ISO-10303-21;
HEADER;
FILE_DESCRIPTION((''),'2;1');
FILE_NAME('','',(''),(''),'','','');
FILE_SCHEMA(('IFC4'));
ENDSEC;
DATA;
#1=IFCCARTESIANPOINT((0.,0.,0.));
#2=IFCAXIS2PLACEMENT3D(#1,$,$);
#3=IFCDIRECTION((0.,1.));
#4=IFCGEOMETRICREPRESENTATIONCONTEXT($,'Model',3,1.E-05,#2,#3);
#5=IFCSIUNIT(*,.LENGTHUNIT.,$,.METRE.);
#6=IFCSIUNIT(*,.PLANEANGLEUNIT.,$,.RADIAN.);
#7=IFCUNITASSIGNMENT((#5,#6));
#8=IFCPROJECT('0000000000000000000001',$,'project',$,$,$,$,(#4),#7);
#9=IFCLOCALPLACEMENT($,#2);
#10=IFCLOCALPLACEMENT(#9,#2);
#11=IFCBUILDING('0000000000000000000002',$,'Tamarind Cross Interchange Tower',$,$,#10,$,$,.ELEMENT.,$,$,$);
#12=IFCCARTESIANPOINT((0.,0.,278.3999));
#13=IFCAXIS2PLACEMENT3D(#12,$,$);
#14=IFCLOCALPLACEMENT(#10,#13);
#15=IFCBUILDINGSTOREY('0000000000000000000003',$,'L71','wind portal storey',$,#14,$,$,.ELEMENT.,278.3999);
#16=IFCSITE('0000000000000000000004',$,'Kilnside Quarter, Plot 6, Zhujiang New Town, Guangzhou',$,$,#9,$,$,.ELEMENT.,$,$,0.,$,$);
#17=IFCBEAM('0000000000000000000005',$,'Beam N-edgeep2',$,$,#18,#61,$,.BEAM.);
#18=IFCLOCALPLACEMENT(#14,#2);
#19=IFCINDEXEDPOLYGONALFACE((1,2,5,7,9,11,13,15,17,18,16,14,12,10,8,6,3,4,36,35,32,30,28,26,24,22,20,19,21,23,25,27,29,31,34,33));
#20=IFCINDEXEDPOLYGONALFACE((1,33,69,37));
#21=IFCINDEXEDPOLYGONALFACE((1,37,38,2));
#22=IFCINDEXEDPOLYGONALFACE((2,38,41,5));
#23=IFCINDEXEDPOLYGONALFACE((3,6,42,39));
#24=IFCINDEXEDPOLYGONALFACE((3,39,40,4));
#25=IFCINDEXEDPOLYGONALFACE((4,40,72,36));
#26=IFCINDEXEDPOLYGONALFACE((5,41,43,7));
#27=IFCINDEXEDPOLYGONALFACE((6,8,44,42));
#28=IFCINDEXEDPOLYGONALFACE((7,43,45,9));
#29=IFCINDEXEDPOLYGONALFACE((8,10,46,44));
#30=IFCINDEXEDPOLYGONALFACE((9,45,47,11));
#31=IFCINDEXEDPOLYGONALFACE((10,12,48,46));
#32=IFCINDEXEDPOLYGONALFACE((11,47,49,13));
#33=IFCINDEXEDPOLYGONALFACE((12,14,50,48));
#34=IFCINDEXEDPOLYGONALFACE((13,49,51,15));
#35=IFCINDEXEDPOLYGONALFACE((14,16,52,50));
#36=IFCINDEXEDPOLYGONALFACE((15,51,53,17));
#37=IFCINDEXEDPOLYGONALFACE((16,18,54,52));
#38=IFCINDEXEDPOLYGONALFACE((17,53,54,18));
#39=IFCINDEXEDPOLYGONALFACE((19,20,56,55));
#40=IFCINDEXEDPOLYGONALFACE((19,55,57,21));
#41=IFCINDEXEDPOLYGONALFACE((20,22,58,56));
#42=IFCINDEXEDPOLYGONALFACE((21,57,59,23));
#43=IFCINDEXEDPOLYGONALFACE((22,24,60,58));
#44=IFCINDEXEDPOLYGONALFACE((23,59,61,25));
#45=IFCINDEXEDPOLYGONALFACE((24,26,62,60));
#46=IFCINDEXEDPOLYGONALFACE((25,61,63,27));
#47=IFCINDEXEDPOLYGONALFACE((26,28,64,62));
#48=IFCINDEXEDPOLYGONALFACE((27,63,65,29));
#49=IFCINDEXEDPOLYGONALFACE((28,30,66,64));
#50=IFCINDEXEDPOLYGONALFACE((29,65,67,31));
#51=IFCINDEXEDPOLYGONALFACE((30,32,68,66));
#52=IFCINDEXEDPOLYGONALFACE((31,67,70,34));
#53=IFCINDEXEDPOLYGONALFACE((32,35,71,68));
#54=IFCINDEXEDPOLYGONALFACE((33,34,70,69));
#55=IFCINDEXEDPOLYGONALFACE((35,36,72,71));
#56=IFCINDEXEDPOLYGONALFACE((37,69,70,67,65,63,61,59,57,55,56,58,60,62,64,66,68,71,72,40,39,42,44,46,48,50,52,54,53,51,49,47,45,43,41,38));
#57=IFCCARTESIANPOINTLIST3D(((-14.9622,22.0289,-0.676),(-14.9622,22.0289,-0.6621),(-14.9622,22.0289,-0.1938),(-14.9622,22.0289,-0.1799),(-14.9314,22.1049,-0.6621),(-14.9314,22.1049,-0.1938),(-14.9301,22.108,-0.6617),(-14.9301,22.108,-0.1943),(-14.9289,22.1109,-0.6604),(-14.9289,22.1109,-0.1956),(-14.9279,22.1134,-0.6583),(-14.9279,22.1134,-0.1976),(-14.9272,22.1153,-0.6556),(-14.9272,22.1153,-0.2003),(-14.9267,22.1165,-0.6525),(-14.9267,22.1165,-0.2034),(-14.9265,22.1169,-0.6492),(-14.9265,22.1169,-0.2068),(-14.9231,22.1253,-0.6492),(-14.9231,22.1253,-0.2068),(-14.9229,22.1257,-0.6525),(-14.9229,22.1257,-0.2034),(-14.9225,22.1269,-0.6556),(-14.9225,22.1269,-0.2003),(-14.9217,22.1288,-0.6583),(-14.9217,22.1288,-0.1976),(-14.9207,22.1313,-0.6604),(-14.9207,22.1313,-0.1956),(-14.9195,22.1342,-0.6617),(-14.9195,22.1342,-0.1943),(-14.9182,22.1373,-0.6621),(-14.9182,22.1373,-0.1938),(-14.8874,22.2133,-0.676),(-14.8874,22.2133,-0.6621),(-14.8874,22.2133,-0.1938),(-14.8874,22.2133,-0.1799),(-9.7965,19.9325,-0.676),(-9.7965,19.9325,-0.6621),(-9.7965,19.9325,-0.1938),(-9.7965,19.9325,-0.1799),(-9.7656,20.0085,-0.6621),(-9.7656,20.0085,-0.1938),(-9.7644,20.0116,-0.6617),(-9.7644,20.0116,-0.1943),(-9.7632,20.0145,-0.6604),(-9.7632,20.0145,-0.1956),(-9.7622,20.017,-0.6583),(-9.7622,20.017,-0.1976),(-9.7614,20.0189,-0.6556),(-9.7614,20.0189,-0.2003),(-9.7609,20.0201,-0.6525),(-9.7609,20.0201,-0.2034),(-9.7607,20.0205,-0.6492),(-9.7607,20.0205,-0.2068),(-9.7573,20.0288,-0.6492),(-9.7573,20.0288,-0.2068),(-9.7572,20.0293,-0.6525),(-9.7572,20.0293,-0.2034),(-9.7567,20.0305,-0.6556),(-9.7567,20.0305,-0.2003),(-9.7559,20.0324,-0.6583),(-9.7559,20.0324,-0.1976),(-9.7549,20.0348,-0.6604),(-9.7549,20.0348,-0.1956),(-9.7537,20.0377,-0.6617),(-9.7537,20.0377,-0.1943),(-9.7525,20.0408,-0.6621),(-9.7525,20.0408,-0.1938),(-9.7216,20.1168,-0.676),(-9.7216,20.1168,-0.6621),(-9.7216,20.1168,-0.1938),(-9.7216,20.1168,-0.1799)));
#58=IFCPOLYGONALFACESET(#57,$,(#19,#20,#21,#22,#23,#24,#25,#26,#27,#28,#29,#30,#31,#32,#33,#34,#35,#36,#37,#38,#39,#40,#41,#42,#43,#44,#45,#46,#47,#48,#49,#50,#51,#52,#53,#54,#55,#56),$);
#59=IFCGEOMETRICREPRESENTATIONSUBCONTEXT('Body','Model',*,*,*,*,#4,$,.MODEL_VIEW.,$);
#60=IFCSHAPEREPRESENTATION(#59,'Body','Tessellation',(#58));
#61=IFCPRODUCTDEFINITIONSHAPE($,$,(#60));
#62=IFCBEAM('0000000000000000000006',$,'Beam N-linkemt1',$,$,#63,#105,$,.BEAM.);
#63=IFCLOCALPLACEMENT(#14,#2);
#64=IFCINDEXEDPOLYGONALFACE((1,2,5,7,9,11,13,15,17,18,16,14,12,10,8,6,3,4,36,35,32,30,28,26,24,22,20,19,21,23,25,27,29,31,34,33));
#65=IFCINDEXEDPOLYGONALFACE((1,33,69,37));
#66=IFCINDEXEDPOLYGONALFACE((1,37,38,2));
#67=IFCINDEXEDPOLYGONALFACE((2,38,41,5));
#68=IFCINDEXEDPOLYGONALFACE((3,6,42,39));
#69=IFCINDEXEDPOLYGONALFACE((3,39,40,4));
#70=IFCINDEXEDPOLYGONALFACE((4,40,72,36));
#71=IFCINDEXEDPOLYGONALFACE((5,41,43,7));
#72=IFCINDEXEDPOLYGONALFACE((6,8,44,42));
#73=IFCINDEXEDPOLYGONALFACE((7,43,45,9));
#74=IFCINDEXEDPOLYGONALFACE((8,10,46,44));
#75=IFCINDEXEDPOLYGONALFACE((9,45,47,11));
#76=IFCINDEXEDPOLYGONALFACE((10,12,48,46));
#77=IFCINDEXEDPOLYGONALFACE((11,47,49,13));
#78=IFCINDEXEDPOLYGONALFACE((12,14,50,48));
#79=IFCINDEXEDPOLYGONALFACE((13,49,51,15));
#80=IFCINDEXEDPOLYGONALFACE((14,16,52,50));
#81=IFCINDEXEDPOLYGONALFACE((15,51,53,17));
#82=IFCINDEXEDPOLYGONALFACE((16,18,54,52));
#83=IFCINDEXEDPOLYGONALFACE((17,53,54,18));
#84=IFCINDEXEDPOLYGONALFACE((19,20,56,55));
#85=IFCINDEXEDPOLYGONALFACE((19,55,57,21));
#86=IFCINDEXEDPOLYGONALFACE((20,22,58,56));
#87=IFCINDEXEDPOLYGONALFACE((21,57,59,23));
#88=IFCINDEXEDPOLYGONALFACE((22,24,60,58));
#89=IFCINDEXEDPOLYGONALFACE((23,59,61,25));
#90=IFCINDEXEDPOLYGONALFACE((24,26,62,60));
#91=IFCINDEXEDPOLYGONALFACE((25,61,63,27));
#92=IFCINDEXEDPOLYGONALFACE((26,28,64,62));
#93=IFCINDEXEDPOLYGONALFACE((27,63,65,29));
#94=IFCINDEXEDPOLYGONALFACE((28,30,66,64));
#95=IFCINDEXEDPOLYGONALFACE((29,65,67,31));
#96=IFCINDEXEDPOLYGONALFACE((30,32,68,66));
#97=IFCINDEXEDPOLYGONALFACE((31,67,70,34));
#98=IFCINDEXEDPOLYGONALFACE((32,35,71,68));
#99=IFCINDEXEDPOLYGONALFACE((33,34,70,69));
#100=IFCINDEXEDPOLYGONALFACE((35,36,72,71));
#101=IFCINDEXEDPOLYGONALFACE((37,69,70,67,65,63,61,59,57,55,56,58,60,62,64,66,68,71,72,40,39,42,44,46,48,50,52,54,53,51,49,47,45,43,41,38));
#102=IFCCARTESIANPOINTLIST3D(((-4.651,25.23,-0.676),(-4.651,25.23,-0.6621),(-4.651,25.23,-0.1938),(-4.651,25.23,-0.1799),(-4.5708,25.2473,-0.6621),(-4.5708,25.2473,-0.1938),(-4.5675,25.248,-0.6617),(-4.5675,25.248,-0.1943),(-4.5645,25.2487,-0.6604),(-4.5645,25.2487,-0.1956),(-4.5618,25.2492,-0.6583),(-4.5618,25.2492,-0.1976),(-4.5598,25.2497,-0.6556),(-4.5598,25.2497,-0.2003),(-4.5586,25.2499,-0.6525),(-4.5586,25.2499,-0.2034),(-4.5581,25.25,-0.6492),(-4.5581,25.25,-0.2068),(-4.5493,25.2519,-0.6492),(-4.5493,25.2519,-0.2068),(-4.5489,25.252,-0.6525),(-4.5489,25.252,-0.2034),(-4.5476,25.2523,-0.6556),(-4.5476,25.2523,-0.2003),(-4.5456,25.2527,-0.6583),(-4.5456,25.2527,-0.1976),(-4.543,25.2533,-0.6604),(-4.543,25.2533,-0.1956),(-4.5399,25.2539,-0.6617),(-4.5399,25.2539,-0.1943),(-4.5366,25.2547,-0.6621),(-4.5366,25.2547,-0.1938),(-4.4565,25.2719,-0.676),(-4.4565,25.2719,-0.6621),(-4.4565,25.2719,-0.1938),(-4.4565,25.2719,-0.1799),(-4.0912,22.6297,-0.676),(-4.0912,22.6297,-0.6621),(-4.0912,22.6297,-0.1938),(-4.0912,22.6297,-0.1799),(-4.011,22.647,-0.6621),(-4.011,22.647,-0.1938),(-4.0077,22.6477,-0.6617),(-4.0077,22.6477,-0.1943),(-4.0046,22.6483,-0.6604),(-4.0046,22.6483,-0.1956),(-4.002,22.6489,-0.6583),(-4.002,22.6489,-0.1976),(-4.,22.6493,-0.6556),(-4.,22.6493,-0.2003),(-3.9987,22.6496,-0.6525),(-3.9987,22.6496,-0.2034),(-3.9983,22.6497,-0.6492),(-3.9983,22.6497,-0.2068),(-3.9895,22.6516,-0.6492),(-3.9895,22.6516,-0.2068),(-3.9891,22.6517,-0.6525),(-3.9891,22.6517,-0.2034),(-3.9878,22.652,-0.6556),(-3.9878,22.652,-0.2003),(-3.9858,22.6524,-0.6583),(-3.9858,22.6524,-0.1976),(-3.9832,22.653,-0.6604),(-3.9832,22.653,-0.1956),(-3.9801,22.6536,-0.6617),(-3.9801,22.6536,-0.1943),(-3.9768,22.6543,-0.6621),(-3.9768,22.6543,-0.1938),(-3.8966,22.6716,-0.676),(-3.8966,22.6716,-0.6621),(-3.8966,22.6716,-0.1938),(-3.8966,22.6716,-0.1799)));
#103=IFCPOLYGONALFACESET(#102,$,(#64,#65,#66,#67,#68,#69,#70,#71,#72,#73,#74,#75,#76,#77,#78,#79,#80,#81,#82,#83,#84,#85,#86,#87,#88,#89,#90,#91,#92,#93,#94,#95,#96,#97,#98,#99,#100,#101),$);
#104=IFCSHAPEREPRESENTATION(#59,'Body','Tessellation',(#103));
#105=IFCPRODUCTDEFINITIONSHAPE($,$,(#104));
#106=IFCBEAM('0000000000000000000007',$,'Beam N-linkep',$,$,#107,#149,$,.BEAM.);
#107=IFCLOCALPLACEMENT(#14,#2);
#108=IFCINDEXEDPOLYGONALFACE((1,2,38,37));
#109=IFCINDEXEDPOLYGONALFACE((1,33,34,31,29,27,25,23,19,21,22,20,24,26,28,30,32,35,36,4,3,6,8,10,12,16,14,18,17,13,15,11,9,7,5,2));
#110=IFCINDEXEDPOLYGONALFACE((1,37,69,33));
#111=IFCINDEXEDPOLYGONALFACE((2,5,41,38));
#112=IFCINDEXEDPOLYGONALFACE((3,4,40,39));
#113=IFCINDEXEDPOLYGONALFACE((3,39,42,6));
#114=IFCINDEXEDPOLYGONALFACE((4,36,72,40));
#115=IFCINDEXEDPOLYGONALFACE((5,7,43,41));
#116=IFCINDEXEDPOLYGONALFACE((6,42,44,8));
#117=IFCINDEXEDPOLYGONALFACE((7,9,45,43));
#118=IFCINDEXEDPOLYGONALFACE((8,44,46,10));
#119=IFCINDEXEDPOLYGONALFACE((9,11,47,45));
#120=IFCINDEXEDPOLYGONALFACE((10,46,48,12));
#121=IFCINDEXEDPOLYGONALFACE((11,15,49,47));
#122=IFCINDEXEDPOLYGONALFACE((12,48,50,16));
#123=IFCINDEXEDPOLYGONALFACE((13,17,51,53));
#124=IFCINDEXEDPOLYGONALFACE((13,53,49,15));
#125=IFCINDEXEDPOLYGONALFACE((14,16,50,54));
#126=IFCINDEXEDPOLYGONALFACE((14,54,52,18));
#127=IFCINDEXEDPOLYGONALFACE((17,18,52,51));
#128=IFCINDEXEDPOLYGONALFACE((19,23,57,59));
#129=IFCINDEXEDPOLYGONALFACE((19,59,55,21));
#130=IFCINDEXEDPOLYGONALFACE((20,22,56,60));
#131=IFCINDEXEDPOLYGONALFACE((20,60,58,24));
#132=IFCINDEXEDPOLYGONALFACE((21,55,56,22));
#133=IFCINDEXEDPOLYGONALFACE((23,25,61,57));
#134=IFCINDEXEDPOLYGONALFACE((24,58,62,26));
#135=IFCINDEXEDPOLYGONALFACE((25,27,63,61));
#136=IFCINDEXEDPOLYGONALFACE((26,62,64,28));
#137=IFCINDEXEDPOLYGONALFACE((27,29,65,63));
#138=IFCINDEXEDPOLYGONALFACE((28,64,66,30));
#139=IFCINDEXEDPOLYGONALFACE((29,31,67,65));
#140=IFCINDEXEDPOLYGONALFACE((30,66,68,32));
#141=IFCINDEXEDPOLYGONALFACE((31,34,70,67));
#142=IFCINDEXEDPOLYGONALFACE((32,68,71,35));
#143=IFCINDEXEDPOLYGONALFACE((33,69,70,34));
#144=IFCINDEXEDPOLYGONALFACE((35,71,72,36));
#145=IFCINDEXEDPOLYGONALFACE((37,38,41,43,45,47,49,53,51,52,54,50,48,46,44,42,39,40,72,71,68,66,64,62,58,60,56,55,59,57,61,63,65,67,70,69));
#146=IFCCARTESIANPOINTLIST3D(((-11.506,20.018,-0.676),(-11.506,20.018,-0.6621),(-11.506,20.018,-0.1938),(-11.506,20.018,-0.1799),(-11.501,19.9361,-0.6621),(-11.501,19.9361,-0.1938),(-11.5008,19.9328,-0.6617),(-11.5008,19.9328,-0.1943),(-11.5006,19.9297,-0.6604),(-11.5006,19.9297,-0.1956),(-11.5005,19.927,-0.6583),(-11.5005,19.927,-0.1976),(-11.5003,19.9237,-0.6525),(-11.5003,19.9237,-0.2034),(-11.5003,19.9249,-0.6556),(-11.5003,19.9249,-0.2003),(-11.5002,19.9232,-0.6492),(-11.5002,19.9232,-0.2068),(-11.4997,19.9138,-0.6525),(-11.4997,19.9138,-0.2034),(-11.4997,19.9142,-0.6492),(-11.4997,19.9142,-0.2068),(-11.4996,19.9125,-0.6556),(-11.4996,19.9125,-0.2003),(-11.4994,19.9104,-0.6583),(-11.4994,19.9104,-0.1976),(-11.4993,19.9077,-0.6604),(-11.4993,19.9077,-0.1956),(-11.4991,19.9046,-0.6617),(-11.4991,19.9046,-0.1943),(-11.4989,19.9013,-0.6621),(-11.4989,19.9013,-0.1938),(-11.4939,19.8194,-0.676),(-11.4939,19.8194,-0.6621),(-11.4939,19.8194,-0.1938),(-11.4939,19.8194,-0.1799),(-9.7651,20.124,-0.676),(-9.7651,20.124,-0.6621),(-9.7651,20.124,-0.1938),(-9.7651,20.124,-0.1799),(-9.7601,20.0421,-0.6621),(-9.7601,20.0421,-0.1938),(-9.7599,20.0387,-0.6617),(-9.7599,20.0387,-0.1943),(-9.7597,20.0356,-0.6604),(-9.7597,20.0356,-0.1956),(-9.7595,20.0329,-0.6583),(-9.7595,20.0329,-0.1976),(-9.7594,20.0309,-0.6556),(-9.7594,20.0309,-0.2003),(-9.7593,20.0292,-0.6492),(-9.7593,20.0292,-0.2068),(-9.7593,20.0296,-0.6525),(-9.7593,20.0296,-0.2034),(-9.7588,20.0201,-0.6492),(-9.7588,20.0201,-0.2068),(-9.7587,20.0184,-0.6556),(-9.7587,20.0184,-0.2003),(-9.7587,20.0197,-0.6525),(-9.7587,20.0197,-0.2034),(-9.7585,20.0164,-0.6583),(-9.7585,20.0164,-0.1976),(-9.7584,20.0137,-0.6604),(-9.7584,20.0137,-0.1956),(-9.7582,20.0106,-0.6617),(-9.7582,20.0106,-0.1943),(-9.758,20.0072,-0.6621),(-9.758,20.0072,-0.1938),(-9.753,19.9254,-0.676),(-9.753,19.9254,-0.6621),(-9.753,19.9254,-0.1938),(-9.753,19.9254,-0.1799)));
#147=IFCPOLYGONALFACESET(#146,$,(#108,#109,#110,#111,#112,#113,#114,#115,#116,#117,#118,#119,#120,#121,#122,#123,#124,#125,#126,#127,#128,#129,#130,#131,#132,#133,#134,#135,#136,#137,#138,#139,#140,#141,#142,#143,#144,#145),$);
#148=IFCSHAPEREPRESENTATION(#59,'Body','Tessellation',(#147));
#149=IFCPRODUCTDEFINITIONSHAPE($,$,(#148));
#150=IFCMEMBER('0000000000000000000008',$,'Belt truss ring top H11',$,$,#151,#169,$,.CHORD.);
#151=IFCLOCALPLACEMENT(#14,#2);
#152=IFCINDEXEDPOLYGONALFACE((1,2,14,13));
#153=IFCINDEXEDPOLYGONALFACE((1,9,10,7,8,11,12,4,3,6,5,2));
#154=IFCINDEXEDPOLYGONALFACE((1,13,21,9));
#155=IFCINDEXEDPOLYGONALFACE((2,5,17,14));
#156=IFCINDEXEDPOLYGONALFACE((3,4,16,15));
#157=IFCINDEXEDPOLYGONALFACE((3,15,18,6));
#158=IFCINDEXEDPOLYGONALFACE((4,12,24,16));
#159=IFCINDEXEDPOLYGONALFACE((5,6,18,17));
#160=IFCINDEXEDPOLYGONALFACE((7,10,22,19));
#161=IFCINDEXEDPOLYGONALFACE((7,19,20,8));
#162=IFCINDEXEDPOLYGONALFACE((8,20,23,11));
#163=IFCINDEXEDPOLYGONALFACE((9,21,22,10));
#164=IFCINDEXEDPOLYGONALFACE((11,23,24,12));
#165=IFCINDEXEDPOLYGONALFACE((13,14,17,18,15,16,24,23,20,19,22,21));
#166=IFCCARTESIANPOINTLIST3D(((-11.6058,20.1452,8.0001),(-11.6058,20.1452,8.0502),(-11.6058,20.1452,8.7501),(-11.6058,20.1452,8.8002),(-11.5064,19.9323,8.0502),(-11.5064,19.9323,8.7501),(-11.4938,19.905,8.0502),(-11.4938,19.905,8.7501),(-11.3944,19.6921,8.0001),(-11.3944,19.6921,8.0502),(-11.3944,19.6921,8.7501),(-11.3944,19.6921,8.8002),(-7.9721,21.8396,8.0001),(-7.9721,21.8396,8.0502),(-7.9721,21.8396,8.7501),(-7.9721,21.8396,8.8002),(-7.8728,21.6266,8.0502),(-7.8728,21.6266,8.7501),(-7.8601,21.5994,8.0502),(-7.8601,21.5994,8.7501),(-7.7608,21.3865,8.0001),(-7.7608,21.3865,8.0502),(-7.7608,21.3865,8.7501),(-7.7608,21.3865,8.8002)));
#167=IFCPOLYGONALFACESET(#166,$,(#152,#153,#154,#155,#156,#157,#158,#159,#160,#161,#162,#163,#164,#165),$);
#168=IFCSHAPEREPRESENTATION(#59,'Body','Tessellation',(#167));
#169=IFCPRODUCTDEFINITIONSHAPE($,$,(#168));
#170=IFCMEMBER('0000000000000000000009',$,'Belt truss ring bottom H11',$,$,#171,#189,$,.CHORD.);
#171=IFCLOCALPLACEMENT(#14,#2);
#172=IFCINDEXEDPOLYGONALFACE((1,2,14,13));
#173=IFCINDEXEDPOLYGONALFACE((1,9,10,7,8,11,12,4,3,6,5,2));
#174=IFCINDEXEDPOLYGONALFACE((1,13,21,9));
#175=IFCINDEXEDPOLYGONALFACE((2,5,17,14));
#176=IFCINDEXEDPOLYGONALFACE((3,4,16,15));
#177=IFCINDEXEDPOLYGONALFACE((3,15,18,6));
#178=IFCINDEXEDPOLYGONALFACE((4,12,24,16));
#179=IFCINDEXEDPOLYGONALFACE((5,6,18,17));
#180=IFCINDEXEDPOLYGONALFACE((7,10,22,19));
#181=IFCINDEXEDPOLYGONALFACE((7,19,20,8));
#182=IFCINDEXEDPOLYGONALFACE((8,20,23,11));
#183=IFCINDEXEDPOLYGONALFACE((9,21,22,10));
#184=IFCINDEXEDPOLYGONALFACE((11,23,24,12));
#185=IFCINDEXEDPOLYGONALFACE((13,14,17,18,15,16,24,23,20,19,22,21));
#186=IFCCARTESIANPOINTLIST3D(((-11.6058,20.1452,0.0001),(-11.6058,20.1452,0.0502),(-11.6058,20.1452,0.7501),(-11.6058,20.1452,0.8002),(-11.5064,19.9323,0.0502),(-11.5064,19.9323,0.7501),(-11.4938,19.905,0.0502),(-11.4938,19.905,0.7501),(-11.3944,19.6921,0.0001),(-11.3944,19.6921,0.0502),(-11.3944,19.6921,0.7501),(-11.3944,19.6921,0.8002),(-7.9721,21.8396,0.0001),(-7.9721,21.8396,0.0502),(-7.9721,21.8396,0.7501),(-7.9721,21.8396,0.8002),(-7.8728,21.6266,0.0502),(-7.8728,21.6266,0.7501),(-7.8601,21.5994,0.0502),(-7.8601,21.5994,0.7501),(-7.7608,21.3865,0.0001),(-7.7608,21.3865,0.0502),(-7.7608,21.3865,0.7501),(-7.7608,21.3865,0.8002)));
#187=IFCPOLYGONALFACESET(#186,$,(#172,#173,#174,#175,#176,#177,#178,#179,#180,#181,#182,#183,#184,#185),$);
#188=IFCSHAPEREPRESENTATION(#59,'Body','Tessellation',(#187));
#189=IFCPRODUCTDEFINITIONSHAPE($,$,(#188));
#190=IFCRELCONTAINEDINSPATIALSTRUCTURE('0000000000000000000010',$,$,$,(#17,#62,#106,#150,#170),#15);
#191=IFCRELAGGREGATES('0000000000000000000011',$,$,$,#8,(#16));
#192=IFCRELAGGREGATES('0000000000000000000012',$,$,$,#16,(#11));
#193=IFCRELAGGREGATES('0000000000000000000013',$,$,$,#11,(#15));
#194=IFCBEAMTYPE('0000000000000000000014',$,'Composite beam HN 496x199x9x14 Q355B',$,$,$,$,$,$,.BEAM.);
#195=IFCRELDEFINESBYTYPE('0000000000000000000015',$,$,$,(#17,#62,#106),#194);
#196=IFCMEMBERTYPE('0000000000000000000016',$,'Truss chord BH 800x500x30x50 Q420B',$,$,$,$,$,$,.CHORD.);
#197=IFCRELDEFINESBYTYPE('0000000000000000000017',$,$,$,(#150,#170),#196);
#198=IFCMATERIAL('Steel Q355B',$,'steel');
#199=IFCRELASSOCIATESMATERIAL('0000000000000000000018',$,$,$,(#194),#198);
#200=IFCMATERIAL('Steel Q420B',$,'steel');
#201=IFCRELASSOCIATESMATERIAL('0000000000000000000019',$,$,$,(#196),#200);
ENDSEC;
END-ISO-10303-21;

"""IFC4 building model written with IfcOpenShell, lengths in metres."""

from ifc_helpers import new_model, si_unit, direction, frame, origin, origin_2d, place, context, subcontext, project, spatial, i_section, extrude, material, material_profile, profile_set, type_object, element, save


model = new_model("IFC4")

# Units and contexts
model_context = context("Model", 3, precision=1e-05, world=origin(), true_north=direction((0.0, 1.0)))
body_context = subcontext(model_context, "Body", "Model", "MODEL_VIEW")
ifc_project = project(units=[si_unit("LENGTHUNIT", "METRE"), si_unit("PLANEANGLEUNIT", "RADIAN")], contexts=[model_context])

# Site, building, storey
site_placement = place(None, origin())
site = spatial("IfcSite", under=ifc_project, at=site_placement, Name="Kilnside Quarter, Plot 6, Zhujiang New Town, Guangzhou", CompositionType="ELEMENT", RefElevation=0.0)
building_placement = place(site_placement, origin())
building = spatial("IfcBuilding", under=site, at=building_placement, Name="Tamarind Cross Interchange Tower", CompositionType="ELEMENT")
storey_placement = place(building_placement, frame((0.0, 0.0, 278.3999)))
storey = spatial("IfcBuildingStorey", under=building, at=storey_placement, Name="L71", Description="wind portal storey", CompositionType="ELEMENT", Elevation=278.3999)

# Beams
ifc_material_1 = material(Name="Steel Q355B", Category="steel")
ifc_material_profile_1 = material_profile(ifc_material_1, i_section(OverallWidth=0.199, OverallDepth=0.4961, WebThickness=0.009, FlangeThickness=0.0139, FilletRadius=0.0129, at=origin_2d()), Name="HN 496x199x9x14")
ifc_profile_set_1 = profile_set([ifc_material_profile_1], Name="Steel Q355B")
beam_type_1 = type_object("IfcBeamType", Name="Composite beam HN 496x199x9x14 Q355B", PredefinedType="BEAM", material=ifc_profile_set_1)
beam_1_placement = place(storey_placement, frame((-14.9248, 22.1211, -0.428), z_axis=(0.926602, -0.376045, 0.0), x_axis=(0.376045, 0.926602, 0.0)))
element("IfcBeam", 1, at=beam_1_placement, inside=storey, type_object=beam_type_1, Name="Beam N-edgeep2", PredefinedType="BEAM", context=body_context, shape_type="SweptSolid", body=[
    extrude(i_section(OverallWidth=0.199, OverallDepth=0.4961, WebThickness=0.009, FlangeThickness=0.0139, FilletRadius=0.0129, at=origin_2d()), origin(), (0.0, 0.0, 1.0), 5.575),
])
beam_2_placement = place(storey_placement, frame((-4.5537, 25.251, -0.428), z_axis=(0.210463, -0.977602, 0.0), x_axis=(0.977602, 0.210463, 0.0)))
element("IfcBeam", 2, at=beam_2_placement, inside=storey, type_object=beam_type_1, Name="Beam N-linkemt1", PredefinedType="BEAM", context=body_context, shape_type="SweptSolid", body=[
    extrude(i_section(OverallWidth=0.199, OverallDepth=0.4961, WebThickness=0.009, FlangeThickness=0.0139, FilletRadius=0.0129, at=origin_2d()), origin(), (0.0, 0.0, 1.0), 2.6599),
])
beam_3_placement = place(storey_placement, frame((-9.759, 20.0247, -0.428), z_axis=(-0.998153, -0.060749, 0.0), x_axis=(0.060749, -0.998153, 0.0)))
element("IfcBeam", 3, at=beam_3_placement, inside=storey, type_object=beam_type_1, Name="Beam N-linkep", PredefinedType="BEAM", context=body_context, shape_type="SweptSolid", body=[
    extrude(i_section(OverallWidth=0.199, OverallDepth=0.4961, WebThickness=0.009, FlangeThickness=0.0139, FilletRadius=0.0129, at=origin_2d()), origin(), (0.0, 0.0, 1.0), 1.7441),
])

# Members
ifc_material_2 = material(Name="Steel Q420B", Category="steel")
ifc_material_profile_2 = material_profile(ifc_material_2, i_section(OverallWidth=0.5, OverallDepth=0.8, WebThickness=0.03, FlangeThickness=0.05, at=origin_2d()), Name="BH 800x500x30x50")
ifc_profile_set_2 = profile_set([ifc_material_profile_2], Name="Steel Q420B")
member_type_1 = type_object("IfcMemberType", Name="Truss chord BH 800x500x30x50 Q420B", PredefinedType="CHORD", material=ifc_profile_set_2)
for number, where, z_axis, x_axis, name in (
    (4, (-7.8665, 21.613, 8.4001), (-0.906309, -0.422615, 0.0), (0.422615, -0.906309, 0.0), "Belt truss ring top H11"),
    (5, (-7.8665, 21.613, 0.4001), (-0.906309, -0.422615, 0.0), (0.422615, -0.906309, 0.0), "Belt truss ring bottom H11"),
):
    element("IfcMember", number, at=place(storey_placement, frame(where, z_axis=z_axis, x_axis=x_axis)), inside=storey, type_object=member_type_1, Name=name, PredefinedType="CHORD", context=body_context, shape_type="SweptSolid", body=[
        extrude(i_section(OverallWidth=0.5, OverallDepth=0.8, WebThickness=0.03, FlangeThickness=0.05, at=origin_2d()), origin(), (0.0, 0.0, 1.0), 4.0093),
    ])

save(model, "model.ifc")
